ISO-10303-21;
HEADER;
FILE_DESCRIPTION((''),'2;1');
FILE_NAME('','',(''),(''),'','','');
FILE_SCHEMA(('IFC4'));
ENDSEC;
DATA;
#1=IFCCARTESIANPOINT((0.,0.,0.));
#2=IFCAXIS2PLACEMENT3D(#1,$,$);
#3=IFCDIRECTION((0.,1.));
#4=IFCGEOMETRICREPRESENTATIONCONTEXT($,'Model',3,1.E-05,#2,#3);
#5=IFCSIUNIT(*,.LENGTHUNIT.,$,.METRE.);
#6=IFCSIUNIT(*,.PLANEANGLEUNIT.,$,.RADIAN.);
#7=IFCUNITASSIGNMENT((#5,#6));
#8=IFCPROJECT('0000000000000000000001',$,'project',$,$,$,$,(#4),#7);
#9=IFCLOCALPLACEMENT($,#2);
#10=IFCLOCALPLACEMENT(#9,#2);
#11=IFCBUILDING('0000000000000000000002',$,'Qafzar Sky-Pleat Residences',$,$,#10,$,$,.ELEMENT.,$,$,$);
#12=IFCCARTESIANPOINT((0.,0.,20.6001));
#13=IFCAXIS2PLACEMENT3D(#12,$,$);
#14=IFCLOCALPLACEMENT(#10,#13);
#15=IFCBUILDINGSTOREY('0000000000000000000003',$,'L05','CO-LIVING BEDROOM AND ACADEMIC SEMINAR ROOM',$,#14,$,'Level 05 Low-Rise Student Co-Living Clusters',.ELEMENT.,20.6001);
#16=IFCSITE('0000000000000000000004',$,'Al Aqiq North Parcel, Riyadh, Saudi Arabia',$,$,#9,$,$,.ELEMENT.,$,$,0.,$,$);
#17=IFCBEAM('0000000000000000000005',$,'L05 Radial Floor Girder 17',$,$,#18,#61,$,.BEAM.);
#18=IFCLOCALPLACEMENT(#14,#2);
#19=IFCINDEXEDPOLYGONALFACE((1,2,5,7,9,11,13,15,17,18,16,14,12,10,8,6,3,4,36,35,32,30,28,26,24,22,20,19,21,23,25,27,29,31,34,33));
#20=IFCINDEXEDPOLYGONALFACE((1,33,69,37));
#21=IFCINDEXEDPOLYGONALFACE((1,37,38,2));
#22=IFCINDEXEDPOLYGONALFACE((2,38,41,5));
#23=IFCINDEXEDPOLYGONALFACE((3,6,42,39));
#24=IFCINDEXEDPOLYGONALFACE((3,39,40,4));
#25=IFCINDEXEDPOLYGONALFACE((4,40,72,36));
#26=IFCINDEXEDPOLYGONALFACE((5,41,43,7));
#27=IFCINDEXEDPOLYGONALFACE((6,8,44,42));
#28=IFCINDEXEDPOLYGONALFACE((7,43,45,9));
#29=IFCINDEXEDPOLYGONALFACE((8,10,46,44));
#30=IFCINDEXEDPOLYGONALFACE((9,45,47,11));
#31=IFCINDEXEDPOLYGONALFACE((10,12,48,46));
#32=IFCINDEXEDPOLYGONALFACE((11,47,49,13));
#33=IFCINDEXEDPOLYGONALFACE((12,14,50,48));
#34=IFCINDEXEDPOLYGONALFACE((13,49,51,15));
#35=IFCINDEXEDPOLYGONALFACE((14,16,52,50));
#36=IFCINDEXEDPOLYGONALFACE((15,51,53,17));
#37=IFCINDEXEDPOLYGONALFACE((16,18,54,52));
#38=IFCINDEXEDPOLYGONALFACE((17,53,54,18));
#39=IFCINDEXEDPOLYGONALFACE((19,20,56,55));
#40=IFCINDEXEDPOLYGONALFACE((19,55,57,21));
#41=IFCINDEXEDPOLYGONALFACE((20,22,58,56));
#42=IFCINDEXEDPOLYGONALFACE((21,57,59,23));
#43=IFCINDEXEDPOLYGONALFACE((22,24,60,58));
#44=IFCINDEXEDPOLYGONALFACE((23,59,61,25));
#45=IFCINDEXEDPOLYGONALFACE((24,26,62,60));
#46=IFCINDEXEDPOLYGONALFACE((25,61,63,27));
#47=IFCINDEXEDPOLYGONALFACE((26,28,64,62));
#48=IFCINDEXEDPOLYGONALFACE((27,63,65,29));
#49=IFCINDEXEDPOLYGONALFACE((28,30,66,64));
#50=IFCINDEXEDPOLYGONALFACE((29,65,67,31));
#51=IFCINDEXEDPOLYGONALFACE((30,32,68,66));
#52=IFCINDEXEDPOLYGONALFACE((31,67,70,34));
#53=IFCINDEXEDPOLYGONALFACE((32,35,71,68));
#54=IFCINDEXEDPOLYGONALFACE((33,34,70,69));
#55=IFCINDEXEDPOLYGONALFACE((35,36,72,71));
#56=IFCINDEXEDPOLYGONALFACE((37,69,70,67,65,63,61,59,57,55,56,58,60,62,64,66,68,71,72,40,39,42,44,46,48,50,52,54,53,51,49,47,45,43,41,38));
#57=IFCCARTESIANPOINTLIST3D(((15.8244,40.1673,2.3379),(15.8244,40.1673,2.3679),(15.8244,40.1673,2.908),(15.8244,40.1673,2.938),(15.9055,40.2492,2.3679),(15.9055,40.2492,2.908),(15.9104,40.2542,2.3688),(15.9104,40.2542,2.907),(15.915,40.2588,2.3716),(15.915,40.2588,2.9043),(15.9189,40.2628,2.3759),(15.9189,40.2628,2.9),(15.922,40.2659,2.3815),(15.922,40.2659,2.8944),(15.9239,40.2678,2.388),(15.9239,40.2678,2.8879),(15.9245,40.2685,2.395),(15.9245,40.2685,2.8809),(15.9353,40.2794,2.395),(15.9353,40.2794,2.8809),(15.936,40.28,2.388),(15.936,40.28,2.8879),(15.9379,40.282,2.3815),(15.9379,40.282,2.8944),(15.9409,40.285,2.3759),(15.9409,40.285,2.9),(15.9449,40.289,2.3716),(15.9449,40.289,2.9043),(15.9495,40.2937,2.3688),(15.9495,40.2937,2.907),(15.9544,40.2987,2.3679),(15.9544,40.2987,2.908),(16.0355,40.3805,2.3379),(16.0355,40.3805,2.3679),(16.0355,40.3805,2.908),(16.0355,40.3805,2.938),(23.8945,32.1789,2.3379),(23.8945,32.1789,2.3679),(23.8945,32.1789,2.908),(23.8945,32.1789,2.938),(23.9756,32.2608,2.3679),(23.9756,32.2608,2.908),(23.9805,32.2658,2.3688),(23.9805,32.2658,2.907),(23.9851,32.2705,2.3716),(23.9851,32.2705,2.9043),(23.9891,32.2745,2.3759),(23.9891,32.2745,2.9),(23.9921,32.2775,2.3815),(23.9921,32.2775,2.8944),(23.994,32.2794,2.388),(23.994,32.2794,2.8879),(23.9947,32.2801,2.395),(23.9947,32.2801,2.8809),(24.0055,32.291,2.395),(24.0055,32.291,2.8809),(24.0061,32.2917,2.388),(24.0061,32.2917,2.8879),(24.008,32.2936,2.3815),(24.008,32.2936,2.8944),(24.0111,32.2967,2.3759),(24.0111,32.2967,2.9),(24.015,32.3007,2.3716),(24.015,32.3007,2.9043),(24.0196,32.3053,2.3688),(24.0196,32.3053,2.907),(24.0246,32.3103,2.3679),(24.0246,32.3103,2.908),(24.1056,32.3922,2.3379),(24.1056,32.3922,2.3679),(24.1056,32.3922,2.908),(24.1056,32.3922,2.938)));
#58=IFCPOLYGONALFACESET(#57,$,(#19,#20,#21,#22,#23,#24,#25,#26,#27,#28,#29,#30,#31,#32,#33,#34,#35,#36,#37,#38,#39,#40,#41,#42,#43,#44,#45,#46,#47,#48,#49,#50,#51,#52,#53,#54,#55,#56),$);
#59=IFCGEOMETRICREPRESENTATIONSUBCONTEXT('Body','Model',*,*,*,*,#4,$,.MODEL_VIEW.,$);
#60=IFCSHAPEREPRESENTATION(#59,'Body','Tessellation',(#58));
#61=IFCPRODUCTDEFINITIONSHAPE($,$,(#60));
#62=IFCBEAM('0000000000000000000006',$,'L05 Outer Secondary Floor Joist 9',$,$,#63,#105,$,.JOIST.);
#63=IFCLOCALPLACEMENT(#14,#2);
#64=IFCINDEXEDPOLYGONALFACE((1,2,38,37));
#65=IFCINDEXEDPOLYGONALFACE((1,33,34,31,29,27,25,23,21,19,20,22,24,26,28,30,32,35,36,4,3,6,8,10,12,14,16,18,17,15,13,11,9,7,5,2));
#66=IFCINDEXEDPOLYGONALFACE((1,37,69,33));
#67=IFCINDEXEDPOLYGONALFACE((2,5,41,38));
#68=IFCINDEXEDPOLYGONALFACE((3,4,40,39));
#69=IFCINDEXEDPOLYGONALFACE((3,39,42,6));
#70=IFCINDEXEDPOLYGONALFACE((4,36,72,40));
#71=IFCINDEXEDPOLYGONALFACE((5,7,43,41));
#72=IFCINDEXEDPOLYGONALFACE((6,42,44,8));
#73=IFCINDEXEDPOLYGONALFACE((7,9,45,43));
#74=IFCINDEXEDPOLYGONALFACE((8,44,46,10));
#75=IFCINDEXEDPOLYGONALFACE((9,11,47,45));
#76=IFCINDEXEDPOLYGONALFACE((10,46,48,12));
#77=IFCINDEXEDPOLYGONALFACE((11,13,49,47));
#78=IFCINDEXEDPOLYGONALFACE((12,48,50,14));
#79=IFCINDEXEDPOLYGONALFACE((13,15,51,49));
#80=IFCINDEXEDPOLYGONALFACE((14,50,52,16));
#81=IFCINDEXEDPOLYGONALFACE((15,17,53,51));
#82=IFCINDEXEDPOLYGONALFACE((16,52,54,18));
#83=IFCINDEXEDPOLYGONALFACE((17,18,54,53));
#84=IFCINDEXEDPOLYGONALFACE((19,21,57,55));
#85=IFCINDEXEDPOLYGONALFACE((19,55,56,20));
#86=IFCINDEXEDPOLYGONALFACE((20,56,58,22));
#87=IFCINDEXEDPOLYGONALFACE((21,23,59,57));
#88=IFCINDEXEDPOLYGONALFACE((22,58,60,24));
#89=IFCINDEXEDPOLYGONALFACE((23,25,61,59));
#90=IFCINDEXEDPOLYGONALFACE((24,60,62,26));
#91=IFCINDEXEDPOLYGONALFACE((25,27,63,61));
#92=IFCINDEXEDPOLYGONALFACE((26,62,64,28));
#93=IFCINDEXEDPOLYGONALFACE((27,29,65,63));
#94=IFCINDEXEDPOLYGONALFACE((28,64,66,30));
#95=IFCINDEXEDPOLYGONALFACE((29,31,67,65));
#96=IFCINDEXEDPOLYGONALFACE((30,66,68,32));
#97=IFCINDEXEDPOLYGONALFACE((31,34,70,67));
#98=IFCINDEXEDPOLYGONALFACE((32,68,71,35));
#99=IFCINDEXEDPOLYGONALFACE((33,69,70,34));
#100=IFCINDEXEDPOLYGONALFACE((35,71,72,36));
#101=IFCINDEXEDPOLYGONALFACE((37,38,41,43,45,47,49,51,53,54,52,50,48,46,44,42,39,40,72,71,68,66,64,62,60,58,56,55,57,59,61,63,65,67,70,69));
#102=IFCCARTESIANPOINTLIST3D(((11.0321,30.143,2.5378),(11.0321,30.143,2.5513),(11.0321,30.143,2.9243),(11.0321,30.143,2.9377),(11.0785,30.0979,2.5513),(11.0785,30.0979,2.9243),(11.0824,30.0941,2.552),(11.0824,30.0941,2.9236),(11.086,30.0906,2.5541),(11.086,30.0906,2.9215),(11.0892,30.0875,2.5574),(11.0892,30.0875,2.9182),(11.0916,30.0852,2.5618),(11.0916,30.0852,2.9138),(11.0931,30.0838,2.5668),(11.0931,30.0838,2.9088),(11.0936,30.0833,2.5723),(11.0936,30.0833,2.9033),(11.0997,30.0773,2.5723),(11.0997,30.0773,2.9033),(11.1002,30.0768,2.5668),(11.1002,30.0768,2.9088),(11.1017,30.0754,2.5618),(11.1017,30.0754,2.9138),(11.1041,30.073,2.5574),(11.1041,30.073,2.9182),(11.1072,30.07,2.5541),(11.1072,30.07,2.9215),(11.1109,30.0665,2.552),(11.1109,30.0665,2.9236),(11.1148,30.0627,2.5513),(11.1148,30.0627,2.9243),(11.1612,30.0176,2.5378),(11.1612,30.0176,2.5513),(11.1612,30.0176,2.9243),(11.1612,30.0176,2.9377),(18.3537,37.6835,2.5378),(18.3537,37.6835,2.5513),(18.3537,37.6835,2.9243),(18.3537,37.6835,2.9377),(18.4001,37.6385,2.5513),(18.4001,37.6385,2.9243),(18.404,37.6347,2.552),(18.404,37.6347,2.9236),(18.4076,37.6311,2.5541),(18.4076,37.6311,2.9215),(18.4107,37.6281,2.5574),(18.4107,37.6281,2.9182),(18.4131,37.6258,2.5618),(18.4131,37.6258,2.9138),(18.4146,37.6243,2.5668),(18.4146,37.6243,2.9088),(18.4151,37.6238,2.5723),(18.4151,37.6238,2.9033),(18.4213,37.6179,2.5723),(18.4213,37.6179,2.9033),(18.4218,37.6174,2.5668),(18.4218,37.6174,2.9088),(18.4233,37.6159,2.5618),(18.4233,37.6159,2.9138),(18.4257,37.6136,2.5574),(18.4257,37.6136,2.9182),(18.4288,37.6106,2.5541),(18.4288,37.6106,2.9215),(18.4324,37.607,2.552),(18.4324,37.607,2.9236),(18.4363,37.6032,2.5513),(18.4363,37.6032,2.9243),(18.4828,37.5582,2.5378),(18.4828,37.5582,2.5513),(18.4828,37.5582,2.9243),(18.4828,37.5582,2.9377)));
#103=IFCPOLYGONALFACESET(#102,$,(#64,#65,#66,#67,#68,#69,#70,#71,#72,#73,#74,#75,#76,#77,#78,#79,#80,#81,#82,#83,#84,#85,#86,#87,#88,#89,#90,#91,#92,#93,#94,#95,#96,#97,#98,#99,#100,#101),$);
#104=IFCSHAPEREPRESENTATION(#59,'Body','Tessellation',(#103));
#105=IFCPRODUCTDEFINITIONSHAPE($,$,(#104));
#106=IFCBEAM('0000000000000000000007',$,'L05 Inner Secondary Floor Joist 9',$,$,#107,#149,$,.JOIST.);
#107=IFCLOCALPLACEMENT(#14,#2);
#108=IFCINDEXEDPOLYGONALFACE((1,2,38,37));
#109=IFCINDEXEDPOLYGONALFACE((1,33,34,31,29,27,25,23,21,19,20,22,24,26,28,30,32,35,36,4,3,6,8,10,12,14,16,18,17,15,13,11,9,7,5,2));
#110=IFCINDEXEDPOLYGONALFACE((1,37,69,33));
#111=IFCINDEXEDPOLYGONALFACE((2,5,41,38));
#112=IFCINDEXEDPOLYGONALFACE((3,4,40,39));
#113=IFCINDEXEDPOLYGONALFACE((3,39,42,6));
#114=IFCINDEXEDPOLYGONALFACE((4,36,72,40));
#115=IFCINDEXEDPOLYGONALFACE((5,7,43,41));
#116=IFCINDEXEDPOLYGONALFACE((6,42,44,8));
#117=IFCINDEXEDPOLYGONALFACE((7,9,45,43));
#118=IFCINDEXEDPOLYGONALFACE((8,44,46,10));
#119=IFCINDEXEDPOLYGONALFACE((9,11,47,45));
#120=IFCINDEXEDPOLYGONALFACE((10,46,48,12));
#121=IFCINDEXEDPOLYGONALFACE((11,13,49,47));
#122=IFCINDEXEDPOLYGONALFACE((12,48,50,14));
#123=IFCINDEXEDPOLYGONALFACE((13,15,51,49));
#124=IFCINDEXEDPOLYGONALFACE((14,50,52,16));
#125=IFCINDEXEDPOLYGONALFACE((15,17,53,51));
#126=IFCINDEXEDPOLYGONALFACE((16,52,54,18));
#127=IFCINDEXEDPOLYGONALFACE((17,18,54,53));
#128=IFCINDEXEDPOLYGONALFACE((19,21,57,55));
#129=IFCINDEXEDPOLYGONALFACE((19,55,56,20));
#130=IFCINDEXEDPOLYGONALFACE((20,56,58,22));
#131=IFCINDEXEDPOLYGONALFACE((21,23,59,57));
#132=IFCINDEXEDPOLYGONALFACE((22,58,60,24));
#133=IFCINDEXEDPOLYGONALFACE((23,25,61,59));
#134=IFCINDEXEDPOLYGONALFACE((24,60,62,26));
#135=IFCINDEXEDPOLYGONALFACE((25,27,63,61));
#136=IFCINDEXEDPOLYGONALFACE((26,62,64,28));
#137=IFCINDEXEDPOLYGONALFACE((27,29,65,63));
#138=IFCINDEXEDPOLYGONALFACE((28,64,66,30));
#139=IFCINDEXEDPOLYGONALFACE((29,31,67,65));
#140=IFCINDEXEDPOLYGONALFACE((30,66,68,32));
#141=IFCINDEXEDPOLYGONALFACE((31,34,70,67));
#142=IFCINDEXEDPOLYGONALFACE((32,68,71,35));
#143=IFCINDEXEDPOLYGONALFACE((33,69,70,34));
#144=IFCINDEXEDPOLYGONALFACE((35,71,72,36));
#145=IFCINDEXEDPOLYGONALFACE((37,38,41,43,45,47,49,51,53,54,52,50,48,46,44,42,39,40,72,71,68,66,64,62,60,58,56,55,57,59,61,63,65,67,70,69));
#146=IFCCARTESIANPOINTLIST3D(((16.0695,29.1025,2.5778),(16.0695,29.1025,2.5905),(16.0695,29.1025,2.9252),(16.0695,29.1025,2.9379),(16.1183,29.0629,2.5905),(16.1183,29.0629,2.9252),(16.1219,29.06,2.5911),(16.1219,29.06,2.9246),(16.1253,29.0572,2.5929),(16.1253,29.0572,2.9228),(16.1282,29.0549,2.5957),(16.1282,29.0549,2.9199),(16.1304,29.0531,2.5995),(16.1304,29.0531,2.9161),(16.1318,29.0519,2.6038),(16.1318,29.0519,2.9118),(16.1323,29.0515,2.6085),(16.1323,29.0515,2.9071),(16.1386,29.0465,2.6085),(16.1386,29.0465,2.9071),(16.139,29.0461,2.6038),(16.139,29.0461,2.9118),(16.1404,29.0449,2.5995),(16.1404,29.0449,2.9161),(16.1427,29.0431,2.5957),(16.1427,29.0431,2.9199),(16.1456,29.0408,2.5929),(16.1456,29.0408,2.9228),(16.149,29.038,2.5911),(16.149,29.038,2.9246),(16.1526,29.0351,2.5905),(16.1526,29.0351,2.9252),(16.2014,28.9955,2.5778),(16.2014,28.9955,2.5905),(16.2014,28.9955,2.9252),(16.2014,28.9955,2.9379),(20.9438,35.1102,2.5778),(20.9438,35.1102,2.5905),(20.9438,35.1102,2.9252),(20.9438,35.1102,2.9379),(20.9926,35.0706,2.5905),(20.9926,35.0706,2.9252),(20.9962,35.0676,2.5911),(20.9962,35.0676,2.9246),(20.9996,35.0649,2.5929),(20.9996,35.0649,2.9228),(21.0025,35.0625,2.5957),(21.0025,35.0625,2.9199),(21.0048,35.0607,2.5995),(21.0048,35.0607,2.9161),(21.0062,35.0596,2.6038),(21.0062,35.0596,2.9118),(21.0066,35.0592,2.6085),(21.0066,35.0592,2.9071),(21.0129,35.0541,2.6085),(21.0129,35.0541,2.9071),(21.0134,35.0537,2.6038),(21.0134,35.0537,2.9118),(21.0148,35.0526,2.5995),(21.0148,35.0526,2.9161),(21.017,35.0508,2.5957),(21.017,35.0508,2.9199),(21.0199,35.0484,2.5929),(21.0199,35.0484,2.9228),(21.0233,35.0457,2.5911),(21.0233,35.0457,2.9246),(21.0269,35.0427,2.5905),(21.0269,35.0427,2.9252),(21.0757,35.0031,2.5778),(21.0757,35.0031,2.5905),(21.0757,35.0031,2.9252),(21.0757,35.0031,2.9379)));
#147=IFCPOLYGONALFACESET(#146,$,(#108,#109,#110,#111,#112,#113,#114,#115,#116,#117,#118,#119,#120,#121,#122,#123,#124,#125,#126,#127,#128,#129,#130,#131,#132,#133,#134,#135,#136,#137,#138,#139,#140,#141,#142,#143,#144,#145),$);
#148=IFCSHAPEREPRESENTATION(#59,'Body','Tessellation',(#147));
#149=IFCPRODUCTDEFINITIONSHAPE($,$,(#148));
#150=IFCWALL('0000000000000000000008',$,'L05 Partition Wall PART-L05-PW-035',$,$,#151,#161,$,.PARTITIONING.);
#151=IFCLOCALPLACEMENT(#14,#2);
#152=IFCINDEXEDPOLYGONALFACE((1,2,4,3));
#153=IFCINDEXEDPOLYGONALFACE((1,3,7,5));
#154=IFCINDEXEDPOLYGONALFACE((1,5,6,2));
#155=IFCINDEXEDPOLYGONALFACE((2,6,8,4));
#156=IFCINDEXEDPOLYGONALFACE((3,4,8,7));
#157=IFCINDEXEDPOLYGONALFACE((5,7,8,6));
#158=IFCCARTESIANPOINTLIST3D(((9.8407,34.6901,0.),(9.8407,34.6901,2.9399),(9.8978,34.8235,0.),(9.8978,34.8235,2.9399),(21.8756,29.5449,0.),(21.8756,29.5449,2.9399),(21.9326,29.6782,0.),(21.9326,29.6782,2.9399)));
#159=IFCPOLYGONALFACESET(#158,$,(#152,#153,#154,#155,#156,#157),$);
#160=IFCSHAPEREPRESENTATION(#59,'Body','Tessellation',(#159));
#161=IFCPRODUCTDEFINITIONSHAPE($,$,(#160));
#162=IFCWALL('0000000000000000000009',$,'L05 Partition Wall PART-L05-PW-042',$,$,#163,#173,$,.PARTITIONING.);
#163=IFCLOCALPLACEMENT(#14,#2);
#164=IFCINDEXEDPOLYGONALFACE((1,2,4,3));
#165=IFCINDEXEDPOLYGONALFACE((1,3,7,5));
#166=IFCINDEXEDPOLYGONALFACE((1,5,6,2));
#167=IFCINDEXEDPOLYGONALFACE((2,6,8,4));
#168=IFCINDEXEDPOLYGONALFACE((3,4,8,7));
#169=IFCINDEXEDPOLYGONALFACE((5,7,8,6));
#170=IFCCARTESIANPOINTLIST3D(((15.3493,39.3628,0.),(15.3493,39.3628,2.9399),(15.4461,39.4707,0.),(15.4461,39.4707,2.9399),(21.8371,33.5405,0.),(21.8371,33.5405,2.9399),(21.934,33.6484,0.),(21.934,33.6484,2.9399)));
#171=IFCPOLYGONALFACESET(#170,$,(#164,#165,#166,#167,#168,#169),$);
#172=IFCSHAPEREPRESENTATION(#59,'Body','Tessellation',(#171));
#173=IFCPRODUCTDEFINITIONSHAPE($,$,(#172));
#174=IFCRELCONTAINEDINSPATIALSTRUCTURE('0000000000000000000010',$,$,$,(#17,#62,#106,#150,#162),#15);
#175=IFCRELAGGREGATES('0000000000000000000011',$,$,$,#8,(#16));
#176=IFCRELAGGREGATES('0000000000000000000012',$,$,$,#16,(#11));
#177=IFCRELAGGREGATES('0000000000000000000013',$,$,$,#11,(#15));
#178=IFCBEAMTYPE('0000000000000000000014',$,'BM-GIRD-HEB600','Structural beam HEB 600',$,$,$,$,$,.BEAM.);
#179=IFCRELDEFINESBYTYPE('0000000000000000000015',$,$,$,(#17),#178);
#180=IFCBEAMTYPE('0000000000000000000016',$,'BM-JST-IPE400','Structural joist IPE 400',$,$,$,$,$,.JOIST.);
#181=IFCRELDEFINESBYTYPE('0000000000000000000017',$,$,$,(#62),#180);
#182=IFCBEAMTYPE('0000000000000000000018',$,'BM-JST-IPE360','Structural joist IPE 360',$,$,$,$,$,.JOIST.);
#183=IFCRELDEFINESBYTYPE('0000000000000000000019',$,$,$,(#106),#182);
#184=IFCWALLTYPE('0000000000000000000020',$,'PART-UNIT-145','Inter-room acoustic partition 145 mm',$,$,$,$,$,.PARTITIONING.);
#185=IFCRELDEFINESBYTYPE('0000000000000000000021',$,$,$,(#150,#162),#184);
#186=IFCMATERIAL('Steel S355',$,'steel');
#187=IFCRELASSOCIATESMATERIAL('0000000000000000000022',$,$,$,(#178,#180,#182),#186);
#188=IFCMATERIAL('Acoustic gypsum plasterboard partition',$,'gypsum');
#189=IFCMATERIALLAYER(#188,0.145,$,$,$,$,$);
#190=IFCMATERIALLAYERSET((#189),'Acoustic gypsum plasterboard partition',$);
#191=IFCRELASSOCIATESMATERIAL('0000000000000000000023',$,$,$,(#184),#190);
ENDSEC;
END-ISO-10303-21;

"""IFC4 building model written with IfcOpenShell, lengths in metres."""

from ifc_helpers import new_model, si_unit, direction, frame, frame_2d, origin, origin_2d, place, context, subcontext, project, spatial, rectangle, i_section, extrude, source, transform, mapped, material, layer, layer_set, material_profile, profile_set, type_object, element, save


model = new_model("IFC4")

# Units and contexts
model_context = context("Model", 3, precision=1e-05, world=origin(), true_north=direction((0.0, 1.0)))
body_context = subcontext(model_context, "Body", "Model", "MODEL_VIEW")
ifc_project = project(units=[si_unit("LENGTHUNIT", "METRE"), si_unit("PLANEANGLEUNIT", "RADIAN")], contexts=[model_context])

# Site, building, storey
site_placement = place(None, origin())
site = spatial("IfcSite", under=ifc_project, at=site_placement, Name="Al Aqiq North Parcel, Riyadh, Saudi Arabia", CompositionType="ELEMENT", RefElevation=0.0)
building_placement = place(site_placement, origin())
building = spatial("IfcBuilding", under=site, at=building_placement, Name="Qafzar Sky-Pleat Residences", CompositionType="ELEMENT")
storey_placement = place(building_placement, frame((0.0, 0.0, 20.6001)))
storey = spatial("IfcBuildingStorey", under=building, at=storey_placement, Name="L05", Description="CO-LIVING BEDROOM AND ACADEMIC SEMINAR ROOM", LongName="Level 05 Low-Rise Student Co-Living Clusters", CompositionType="ELEMENT", Elevation=20.6001)

# Beams
ifc_material_1 = material(Name="Steel S355", Category="steel")
ifc_material_profile_1 = material_profile(ifc_material_1, i_section(OverallWidth=0.3, OverallDepth=0.6001, WebThickness=0.0154, FlangeThickness=0.03, FilletRadius=0.0271, at=origin_2d()), Name="HEB 600")
ifc_profile_set_1 = profile_set([ifc_material_profile_1], Name="Steel S355")
beam_type_1 = type_object("IfcBeamType", Name="BM-GIRD-HEB600", Description="Structural beam HEB 600", PredefinedType="BEAM", material=ifc_profile_set_1)
shared_shape_1 = source(origin(), body_context, "Body", "SweptSolid", [
    extrude(i_section(OverallWidth=0.3, OverallDepth=0.6001, WebThickness=0.0154, FlangeThickness=0.03, FilletRadius=0.0271, at=origin_2d()), origin(), (0.0, 0.0, 1.0), 11.3552),
])
beam_1_placement = place(storey_placement, frame((15.9299, 40.2739, 2.6379), z_axis=(0.710699, -0.703496, 0.0), x_axis=(0.703496, 0.710699, 0.0)))
element("IfcBeam", 1, at=beam_1_placement, inside=storey, type_object=beam_type_1, Name="L05 Radial Floor Girder 17", PredefinedType="BEAM", context=body_context, shape_type="MappedRepresentation", body=[
    mapped(shared_shape_1, transform((0.0, 0.0, 0.0), x_axis=(1.0, 0.0, 0.0), y_axis=(0.0, 1.0, 0.0), z_axis=(0.0, 0.0, 1.0), scale=1.0)),
])
ifc_material_profile_2 = material_profile(ifc_material_1, i_section(OverallWidth=0.1799, OverallDepth=0.3999, WebThickness=0.0085, FlangeThickness=0.0134, FilletRadius=0.021, at=origin_2d()), Name="IPE 400")
ifc_profile_set_2 = profile_set([ifc_material_profile_2], Name="Steel S355")
beam_type_2 = type_object("IfcBeamType", Name="BM-JST-IPE400", Description="Structural joist IPE 400", PredefinedType="JOIST", material=ifc_profile_set_2)
shared_shape_2 = source(origin(), body_context, "Body", "SweptSolid", [
    extrude(i_section(OverallWidth=0.1799, OverallDepth=0.3999, WebThickness=0.0085, FlangeThickness=0.0134, FilletRadius=0.021, at=origin_2d()), origin(), (0.0, 0.0, 1.0), 10.5103),
])
beam_2_placement = place(storey_placement, frame((18.4182, 37.6208, 2.7378), z_axis=(-0.696612, -0.717448, 0.0), x_axis=(0.717448, -0.696612, 0.0)))
element("IfcBeam", 2, at=beam_2_placement, inside=storey, type_object=beam_type_2, Name="L05 Outer Secondary Floor Joist 9", PredefinedType="JOIST", context=body_context, shape_type="MappedRepresentation", body=[
    mapped(shared_shape_2, transform((0.0, 0.0, 0.0), x_axis=(1.0, 0.0, 0.0), y_axis=(0.0, 1.0, 0.0), z_axis=(0.0, 0.0, 1.0), scale=1.0)),
])
ifc_material_profile_3 = material_profile(ifc_material_1, i_section(OverallWidth=0.1699, OverallDepth=0.3601, WebThickness=0.0081, FlangeThickness=0.0127, FilletRadius=0.0181, at=origin_2d()), Name="IPE 360")
ifc_profile_set_3 = profile_set([ifc_material_profile_3], Name="Steel S355")
beam_type_3 = type_object("IfcBeamType", Name="BM-JST-IPE360", Description="Structural joist IPE 360", PredefinedType="JOIST", material=ifc_profile_set_3)
shared_shape_3 = source(origin(), body_context, "Body", "SweptSolid", [
    extrude(i_section(OverallWidth=0.1699, OverallDepth=0.3601, WebThickness=0.0081, FlangeThickness=0.0127, FilletRadius=0.0181, at=origin_2d()), origin(), (0.0, 0.0, 1.0), 7.7363),
])
beam_3_placement = place(storey_placement, frame((21.0098, 35.0566, 2.7578), z_axis=(-0.630057, -0.776549, 0.0), x_axis=(0.776549, -0.630057, 0.0)))
element("IfcBeam", 3, at=beam_3_placement, inside=storey, type_object=beam_type_3, Name="L05 Inner Secondary Floor Joist 9", PredefinedType="JOIST", context=body_context, shape_type="MappedRepresentation", body=[
    mapped(shared_shape_3, transform((0.0, 0.0, 0.0), x_axis=(1.0, 0.0, 0.0), y_axis=(0.0, 1.0, 0.0), z_axis=(0.0, 0.0, 1.0), scale=1.0)),
])

# Walls
ifc_material_2 = material(Name="Acoustic gypsum plasterboard partition", Category="gypsum")
ifc_layer_1 = layer(ifc_material_2, 0.145)
ifc_layer_set_1 = layer_set([ifc_layer_1], Name="Acoustic gypsum plasterboard partition")
wall_type_1 = type_object("IfcWallType", Name="PART-UNIT-145", Description="Inter-room acoustic partition 145 mm", PredefinedType="PARTITIONING", material=ifc_layer_set_1)
wall_1_placement = place(storey_placement, frame((9.8691, 34.7568, 0.0), z_axis=(0.0, 0.0, 1.0), x_axis=(0.919492, -0.393109, 0.0)))
element("IfcWall", 4, at=wall_1_placement, inside=storey, type_object=wall_type_1, Name="L05 Partition Wall PART-L05-PW-035", PredefinedType="PARTITIONING", context=body_context, shape_type="SweptSolid", body=[
    extrude(rectangle(XDim=13.0886, YDim=0.145, at=frame_2d((6.5444, 0.0))), origin(), (0.0, 0.0, 1.0), 2.9399),
])
wall_2_placement = place(storey_placement, frame((15.3977, 39.4167, 0.0), z_axis=(0.0, 0.0, 1.0), x_axis=(0.744249, -0.667903, 0.0)))
element("IfcWall", 5, at=wall_2_placement, inside=storey, type_object=wall_type_1, Name="L05 Partition Wall PART-L05-PW-042", PredefinedType="PARTITIONING", context=body_context, shape_type="SweptSolid", body=[
    extrude(rectangle(XDim=8.7173, YDim=0.145, at=frame_2d((4.3586, 0.0))), origin(), (0.0, 0.0, 1.0), 2.9399),
])

save(model, "model.ifc")
